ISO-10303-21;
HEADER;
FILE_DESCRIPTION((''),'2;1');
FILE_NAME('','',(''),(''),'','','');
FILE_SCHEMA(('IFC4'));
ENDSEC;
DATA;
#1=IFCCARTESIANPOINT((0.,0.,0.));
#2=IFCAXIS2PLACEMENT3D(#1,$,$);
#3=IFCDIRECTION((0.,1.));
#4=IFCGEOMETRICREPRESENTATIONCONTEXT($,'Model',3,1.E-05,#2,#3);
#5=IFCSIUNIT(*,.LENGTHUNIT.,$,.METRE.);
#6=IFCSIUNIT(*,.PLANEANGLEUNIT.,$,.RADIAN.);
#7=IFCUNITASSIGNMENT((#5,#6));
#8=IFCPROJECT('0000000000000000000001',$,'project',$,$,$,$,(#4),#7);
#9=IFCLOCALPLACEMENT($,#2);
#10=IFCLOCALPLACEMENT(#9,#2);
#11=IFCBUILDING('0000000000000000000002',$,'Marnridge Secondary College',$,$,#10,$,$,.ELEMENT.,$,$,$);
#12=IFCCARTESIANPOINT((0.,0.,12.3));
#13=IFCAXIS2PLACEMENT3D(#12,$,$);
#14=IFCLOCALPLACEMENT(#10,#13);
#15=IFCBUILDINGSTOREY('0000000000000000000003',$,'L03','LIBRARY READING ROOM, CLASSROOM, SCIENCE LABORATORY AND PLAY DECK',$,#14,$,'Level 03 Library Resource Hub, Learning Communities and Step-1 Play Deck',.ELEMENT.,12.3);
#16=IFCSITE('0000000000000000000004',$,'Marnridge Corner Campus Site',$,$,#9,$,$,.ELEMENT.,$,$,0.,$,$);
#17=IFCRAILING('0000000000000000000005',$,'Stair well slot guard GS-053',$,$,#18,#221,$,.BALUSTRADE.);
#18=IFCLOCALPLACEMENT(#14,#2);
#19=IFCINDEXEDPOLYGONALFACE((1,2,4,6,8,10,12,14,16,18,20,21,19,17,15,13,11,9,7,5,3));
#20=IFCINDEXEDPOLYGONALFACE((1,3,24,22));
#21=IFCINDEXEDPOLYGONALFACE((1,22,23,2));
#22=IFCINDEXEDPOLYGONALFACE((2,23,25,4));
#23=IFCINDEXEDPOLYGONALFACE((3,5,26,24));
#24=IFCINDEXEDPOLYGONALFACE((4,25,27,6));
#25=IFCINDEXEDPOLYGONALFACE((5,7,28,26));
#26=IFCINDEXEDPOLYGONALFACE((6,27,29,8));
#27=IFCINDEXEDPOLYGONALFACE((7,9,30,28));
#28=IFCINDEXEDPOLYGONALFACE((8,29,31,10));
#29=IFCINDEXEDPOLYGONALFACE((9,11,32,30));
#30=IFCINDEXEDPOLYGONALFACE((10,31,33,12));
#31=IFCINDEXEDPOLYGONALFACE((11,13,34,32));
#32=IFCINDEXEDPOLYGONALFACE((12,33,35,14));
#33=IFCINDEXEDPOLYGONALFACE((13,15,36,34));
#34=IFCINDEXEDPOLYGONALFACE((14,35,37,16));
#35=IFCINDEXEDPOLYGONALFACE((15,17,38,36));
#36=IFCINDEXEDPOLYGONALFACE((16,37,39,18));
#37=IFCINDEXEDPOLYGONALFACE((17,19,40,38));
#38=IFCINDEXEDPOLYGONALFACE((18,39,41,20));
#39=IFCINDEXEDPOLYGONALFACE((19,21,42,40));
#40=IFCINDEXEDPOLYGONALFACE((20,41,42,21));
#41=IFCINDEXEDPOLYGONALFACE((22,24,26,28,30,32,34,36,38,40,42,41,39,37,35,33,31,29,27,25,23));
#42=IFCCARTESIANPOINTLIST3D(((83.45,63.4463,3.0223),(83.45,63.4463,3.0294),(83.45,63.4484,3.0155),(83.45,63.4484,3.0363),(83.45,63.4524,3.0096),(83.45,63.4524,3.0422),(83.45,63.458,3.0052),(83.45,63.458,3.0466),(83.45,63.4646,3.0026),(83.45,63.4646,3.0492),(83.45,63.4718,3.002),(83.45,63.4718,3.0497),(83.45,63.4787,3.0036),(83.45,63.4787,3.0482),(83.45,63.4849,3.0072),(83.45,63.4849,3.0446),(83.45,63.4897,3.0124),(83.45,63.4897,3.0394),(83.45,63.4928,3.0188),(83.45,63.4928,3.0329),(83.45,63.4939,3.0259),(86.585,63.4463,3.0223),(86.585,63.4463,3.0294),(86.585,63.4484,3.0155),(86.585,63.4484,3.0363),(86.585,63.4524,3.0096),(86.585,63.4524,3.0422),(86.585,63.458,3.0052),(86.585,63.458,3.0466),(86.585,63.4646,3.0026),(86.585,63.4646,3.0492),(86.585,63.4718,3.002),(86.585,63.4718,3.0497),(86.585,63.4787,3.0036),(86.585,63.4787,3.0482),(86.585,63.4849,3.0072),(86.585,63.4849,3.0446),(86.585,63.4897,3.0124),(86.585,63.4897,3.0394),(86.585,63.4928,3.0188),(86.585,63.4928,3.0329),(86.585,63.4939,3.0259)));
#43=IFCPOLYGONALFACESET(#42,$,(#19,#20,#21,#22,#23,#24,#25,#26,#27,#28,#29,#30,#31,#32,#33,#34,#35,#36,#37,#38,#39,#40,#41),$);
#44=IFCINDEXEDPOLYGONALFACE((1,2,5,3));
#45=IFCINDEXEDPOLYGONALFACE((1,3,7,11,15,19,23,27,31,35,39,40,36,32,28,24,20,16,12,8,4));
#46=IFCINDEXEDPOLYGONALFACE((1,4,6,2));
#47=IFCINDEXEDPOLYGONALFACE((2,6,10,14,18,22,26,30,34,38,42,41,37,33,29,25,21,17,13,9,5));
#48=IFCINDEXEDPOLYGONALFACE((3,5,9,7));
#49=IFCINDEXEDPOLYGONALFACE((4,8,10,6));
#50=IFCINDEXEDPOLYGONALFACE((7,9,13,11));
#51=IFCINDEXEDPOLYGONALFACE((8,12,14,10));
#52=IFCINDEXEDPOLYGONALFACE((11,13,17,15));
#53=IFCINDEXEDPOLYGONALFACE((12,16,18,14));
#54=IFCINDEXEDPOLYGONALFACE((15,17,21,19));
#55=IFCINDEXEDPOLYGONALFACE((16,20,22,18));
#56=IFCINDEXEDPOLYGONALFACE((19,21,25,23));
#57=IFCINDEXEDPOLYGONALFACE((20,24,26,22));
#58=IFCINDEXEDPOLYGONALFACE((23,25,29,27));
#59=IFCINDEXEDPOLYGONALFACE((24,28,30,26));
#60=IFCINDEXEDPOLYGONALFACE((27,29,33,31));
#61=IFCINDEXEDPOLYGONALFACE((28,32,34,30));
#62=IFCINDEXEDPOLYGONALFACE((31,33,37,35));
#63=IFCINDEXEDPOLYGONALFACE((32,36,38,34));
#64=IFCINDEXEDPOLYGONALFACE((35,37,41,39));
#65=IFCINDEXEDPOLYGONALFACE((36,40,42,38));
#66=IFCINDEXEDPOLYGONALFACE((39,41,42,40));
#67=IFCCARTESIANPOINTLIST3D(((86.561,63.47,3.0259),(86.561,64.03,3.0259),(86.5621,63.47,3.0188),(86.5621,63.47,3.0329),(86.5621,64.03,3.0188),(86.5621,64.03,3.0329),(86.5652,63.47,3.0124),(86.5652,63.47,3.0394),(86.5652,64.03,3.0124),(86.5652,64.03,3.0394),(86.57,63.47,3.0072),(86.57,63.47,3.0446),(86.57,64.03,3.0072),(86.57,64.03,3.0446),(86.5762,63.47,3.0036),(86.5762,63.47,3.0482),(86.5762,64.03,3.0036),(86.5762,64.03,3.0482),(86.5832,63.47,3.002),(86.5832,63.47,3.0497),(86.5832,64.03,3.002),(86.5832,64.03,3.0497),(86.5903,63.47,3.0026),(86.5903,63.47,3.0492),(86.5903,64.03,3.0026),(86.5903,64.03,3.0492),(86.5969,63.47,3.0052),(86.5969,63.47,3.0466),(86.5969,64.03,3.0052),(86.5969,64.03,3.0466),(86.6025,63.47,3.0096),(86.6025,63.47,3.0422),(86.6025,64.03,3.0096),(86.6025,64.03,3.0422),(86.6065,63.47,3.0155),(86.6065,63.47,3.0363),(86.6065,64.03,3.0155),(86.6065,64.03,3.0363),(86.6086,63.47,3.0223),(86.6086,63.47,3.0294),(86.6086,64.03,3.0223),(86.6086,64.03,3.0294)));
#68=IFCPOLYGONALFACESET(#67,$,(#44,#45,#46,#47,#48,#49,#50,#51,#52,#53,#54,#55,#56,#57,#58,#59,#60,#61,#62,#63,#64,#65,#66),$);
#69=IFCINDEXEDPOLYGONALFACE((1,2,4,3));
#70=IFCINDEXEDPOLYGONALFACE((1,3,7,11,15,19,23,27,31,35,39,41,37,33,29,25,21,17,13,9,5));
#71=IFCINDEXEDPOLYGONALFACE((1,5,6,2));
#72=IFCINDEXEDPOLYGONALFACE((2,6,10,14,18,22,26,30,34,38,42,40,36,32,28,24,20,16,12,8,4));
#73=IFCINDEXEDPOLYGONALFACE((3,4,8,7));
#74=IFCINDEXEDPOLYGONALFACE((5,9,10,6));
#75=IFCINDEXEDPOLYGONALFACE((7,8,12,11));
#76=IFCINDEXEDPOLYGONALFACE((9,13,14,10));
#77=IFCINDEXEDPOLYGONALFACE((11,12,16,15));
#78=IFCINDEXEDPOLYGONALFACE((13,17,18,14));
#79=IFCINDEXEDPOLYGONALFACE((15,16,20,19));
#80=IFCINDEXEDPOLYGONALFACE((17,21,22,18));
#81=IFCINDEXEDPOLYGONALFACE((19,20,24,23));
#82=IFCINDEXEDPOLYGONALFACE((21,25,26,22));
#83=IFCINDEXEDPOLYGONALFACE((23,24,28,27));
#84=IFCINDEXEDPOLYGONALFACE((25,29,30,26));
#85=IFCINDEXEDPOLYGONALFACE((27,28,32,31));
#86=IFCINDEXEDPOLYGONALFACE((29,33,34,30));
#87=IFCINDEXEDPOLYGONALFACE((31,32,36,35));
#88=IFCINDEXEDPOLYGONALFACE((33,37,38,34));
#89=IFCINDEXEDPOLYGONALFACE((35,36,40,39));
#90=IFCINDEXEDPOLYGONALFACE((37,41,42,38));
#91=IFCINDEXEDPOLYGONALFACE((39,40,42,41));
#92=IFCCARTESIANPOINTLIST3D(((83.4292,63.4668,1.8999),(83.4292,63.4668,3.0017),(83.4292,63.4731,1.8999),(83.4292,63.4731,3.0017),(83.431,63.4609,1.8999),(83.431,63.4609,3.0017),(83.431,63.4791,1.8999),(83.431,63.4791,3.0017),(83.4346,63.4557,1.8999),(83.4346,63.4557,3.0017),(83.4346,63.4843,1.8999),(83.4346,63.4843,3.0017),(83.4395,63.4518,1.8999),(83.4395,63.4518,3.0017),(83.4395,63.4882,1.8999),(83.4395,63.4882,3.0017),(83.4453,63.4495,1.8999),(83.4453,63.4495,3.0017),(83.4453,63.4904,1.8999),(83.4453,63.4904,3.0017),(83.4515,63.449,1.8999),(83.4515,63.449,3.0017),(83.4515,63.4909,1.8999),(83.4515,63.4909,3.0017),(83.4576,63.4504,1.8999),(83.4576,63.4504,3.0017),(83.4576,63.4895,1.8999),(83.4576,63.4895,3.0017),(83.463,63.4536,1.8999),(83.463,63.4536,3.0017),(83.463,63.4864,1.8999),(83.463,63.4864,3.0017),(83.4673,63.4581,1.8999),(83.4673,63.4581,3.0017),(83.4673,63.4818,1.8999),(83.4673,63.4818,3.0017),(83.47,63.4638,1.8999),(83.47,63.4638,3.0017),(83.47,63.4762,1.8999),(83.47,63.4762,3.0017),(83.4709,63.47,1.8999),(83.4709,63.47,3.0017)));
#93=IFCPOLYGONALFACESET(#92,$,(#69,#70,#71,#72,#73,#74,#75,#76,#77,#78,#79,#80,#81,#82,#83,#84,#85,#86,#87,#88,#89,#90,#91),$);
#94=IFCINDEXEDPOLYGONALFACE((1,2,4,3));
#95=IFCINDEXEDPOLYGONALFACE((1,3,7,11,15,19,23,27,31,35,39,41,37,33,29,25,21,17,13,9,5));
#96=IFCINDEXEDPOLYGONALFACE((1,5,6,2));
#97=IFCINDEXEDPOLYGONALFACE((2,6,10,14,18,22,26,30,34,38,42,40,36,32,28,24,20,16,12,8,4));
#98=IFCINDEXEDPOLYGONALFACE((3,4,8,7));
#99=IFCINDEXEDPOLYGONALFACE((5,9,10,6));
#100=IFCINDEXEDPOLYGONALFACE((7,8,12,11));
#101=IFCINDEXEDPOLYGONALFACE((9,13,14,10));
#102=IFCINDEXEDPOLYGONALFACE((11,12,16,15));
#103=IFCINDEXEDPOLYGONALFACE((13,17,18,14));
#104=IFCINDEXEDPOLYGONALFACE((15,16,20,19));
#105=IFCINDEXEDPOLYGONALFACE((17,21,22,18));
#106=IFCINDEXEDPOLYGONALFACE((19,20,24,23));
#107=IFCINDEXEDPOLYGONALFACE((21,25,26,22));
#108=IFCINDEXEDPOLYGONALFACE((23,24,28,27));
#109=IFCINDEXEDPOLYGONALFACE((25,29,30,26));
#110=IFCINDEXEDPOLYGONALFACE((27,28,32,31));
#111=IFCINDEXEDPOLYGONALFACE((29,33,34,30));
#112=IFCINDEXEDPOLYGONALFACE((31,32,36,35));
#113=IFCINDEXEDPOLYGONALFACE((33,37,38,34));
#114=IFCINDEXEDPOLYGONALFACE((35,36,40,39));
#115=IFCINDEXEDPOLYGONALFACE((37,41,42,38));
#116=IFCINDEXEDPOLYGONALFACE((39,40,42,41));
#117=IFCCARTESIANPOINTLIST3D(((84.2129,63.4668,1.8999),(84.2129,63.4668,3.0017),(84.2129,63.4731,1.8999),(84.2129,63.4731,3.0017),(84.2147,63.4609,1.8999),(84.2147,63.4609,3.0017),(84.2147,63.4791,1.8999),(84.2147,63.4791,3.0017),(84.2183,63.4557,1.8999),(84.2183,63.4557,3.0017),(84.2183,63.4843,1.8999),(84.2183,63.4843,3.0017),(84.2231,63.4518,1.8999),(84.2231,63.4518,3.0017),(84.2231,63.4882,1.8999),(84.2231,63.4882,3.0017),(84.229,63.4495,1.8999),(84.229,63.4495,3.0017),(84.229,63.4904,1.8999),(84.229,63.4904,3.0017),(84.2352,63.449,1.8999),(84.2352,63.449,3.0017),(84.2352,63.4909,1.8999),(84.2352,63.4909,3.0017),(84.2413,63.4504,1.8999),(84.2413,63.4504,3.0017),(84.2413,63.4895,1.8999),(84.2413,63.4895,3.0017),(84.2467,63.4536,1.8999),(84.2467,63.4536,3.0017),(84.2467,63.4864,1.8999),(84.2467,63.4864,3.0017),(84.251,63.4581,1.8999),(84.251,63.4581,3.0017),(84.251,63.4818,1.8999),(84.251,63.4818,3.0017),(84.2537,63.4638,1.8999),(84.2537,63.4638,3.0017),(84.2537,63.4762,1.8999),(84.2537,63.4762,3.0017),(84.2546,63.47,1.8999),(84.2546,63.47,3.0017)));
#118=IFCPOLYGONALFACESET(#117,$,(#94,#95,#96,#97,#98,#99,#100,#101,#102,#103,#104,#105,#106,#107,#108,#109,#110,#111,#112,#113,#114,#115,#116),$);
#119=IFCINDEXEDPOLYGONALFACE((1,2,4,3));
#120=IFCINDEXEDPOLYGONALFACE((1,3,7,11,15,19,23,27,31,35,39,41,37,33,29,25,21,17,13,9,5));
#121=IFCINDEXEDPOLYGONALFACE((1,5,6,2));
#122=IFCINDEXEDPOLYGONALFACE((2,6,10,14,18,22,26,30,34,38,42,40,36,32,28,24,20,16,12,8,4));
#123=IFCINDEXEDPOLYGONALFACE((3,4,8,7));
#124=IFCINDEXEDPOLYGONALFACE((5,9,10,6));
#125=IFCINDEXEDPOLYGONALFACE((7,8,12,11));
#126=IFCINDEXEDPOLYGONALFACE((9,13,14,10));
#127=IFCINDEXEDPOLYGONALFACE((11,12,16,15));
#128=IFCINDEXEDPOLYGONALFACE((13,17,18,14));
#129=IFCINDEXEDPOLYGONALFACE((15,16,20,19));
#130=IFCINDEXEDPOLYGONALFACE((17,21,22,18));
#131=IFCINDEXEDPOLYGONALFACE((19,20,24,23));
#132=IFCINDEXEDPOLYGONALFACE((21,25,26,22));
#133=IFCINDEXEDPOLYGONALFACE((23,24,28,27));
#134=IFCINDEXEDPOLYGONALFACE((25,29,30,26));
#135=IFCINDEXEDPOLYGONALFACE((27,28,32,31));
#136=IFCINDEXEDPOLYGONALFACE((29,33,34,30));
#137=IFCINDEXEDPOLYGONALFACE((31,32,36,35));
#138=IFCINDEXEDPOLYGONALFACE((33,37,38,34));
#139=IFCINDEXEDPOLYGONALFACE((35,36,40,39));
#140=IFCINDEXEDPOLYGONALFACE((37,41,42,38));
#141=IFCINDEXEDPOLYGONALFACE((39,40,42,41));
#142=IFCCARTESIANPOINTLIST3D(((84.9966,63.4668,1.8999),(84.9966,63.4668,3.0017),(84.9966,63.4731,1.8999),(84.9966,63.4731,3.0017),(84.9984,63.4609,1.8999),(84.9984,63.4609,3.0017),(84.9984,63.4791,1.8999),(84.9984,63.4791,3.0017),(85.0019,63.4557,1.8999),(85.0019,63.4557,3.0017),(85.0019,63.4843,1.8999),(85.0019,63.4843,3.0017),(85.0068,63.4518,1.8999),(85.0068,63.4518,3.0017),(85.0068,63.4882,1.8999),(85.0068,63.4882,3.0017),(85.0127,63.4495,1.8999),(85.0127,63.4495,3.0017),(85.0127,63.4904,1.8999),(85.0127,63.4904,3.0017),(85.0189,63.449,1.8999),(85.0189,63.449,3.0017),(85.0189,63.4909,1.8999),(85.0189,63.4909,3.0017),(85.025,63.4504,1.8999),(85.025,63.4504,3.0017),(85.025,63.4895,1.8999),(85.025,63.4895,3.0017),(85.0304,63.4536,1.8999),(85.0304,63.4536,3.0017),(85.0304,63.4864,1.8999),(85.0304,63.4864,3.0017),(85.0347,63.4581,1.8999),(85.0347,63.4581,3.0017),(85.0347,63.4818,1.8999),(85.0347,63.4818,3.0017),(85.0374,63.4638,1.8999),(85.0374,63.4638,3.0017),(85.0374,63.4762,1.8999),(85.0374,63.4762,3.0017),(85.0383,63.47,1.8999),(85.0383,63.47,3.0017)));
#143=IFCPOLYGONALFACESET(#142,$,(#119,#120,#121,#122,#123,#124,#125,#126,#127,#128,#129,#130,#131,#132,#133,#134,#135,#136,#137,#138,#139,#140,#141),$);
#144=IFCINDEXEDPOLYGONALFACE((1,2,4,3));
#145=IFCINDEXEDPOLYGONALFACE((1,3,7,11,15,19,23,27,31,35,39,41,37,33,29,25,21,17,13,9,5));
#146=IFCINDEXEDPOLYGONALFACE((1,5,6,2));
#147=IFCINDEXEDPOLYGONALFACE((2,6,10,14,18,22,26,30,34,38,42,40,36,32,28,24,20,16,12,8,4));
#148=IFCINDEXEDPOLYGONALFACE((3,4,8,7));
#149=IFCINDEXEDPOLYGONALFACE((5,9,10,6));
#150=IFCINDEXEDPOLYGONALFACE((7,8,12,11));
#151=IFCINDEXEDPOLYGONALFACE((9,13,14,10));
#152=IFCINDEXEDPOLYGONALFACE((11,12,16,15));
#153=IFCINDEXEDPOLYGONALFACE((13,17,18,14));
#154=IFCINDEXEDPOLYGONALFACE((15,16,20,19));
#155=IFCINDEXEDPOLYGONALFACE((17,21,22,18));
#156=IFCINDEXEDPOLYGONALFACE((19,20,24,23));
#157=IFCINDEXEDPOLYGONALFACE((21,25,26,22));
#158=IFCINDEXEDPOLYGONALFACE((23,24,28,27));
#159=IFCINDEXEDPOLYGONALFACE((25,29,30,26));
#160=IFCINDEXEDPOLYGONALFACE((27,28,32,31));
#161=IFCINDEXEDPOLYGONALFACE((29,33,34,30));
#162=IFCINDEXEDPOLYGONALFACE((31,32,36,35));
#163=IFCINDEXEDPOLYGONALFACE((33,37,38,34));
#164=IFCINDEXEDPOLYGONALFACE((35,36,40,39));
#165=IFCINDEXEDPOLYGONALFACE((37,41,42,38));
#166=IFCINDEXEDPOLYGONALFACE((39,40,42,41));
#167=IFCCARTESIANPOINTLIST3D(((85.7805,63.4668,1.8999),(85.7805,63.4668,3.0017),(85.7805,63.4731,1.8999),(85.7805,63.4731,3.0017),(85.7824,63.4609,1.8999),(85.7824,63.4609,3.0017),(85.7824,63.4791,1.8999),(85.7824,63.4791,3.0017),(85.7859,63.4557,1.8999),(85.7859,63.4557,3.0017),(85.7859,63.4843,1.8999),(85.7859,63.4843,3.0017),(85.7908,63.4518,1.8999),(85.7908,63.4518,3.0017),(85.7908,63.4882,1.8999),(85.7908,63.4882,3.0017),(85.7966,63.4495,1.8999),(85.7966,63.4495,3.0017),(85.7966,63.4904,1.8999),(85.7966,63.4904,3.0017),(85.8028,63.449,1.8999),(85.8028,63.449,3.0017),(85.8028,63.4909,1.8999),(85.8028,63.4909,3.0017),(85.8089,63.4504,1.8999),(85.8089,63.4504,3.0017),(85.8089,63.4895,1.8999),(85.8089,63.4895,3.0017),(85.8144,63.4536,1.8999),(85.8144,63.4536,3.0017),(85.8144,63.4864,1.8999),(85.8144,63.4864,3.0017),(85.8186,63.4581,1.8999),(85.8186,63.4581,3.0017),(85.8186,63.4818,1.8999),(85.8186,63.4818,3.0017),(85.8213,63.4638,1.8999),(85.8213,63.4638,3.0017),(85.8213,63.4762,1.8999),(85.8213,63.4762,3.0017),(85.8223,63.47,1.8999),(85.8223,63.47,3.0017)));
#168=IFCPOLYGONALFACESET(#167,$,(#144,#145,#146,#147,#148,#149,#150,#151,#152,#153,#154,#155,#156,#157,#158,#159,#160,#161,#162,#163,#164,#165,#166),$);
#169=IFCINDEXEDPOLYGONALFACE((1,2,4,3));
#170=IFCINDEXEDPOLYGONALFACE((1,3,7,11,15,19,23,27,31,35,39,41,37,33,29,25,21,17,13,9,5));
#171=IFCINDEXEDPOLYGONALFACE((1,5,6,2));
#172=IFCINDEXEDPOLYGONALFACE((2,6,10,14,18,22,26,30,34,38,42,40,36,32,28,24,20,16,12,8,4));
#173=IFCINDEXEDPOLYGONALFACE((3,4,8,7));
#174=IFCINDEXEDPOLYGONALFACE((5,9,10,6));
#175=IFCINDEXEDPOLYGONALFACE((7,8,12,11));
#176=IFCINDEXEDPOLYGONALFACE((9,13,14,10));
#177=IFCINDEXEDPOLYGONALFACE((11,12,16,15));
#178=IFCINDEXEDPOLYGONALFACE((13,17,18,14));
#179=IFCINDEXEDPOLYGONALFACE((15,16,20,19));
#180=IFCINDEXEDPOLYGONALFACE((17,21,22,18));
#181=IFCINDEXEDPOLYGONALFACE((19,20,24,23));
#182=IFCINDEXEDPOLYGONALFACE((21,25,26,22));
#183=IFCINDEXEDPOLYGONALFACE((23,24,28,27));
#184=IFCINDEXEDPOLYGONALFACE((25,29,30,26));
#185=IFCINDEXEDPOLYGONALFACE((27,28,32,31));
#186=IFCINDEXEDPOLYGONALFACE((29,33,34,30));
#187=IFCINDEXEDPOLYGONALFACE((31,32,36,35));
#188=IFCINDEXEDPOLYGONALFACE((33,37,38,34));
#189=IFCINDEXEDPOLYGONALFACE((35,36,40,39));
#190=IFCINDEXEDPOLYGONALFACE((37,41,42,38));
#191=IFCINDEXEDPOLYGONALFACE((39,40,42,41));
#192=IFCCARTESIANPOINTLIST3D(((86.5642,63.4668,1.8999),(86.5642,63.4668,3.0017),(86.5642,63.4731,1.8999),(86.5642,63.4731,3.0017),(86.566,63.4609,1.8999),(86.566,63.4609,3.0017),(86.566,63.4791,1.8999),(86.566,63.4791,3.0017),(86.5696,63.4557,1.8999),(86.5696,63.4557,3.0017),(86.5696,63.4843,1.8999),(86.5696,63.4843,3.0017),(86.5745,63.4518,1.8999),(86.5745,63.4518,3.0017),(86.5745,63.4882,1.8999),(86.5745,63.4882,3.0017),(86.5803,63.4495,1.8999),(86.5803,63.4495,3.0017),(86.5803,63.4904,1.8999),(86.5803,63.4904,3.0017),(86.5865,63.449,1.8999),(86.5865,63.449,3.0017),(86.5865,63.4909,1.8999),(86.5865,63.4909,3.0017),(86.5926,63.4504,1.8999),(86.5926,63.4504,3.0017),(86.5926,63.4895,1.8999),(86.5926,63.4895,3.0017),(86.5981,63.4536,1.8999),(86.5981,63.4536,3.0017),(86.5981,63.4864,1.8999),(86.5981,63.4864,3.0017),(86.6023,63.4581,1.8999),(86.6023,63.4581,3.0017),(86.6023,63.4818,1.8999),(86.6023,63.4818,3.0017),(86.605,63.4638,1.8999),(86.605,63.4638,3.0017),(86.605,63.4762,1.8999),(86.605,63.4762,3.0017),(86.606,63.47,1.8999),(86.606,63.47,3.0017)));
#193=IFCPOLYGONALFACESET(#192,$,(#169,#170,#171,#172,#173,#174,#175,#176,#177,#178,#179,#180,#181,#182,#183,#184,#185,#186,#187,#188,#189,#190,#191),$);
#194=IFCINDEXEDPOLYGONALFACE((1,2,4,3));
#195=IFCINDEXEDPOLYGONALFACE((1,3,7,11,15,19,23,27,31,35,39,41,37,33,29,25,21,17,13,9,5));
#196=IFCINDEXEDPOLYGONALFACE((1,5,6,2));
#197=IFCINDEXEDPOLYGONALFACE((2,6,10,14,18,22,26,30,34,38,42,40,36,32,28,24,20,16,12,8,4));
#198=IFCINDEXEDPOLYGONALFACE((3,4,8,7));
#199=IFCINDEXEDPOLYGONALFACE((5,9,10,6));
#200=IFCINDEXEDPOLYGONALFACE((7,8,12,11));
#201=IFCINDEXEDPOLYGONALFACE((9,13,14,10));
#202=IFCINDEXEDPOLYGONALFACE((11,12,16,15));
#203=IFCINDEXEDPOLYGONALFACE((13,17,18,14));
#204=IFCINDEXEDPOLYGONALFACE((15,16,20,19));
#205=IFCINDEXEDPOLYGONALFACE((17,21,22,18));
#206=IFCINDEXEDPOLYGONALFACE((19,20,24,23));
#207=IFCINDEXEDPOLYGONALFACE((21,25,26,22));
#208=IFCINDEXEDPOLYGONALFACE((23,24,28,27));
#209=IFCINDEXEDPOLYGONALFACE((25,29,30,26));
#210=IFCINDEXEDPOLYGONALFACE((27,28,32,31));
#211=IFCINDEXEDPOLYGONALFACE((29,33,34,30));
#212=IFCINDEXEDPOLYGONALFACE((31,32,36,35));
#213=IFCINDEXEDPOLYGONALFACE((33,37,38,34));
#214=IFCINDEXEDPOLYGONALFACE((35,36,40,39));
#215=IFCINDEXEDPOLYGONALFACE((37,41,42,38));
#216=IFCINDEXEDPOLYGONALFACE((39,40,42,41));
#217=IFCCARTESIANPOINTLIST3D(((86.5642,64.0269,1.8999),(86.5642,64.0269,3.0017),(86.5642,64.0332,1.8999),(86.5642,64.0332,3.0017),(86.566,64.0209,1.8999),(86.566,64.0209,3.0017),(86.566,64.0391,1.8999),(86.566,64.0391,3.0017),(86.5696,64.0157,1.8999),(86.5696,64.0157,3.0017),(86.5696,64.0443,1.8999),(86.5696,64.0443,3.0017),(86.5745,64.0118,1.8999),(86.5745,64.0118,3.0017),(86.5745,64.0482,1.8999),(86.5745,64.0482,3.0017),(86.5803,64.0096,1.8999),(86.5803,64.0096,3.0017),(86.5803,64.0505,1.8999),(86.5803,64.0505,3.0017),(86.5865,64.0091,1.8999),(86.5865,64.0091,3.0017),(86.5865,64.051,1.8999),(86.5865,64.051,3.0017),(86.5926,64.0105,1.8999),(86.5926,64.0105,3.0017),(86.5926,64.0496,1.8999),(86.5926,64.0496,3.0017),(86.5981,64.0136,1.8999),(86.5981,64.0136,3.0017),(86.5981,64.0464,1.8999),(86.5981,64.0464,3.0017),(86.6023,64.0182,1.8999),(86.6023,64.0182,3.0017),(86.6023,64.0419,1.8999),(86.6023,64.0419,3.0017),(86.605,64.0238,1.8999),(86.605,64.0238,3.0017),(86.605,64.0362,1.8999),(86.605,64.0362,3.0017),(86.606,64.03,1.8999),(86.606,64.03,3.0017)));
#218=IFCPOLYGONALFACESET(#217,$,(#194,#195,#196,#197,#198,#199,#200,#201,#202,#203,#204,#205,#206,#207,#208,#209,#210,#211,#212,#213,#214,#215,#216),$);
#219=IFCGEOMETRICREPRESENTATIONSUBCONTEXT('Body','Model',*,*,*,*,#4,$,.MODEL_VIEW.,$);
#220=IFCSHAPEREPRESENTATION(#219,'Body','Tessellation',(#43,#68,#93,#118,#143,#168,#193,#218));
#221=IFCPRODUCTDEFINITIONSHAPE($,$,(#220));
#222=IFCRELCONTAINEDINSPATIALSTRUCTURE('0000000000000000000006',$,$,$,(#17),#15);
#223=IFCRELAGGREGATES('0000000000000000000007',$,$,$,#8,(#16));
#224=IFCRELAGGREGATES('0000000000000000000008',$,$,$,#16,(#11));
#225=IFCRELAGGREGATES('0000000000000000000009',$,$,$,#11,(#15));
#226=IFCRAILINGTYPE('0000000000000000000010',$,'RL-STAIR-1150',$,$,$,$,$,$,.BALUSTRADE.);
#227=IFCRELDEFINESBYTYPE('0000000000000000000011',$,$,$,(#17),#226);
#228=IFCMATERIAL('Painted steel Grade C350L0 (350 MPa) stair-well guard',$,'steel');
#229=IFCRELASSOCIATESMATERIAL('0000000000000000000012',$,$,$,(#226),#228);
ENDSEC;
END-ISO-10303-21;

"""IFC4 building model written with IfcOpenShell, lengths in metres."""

from ifc_helpers import new_model, si_unit, direction, frame, origin, origin_2d, place, context, subcontext, project, spatial, circle, extrude, material, type_object, element, save


model = new_model("IFC4")

# Units and contexts
model_context = context("Model", 3, precision=1e-05, world=origin(), true_north=direction((0.0, 1.0)))
body_context = subcontext(model_context, "Body", "Model", "MODEL_VIEW")
ifc_project = project(units=[si_unit("LENGTHUNIT", "METRE"), si_unit("PLANEANGLEUNIT", "RADIAN")], contexts=[model_context])

# Site, building, storey
site_placement = place(None, origin())
site = spatial("IfcSite", under=ifc_project, at=site_placement, Name="Marnridge Corner Campus Site", CompositionType="ELEMENT", RefElevation=0.0)
building_placement = place(site_placement, origin())
building = spatial("IfcBuilding", under=site, at=building_placement, Name="Marnridge Secondary College", CompositionType="ELEMENT")
storey_placement = place(building_placement, frame((0.0, 0.0, 12.3)))
storey = spatial("IfcBuildingStorey", under=building, at=storey_placement, Name="L03", Description="LIBRARY READING ROOM, CLASSROOM, SCIENCE LABORATORY AND PLAY DECK", LongName="Level 03 Library Resource Hub, Learning Communities and Step-1 Play Deck", CompositionType="ELEMENT", Elevation=12.3)

# Railing
ifc_material_1 = material(Name="Painted steel Grade C350L0 (350 MPa) stair-well guard", Category="steel")
railing_type_1 = type_object("IfcRailingType", Name="RL-STAIR-1150", PredefinedType="BALUSTRADE", material=ifc_material_1)
railing_1_placement = place(storey_placement, frame((83.45, 63.47, 1.8999)))
element("IfcRailing", 1, at=railing_1_placement, inside=storey, type_object=railing_type_1, Name="Stair well slot guard GS-053", PredefinedType="BALUSTRADE", context=body_context, shape_type="SweptSolid", body=[
    extrude(circle(Radius=0.0239, at=origin_2d()), frame((0.0, 0.0, 1.126), z_axis=(1.0, 0.0, 0.0), x_axis=(0.0, 1.0, 0.0)), (0.0, 0.0, 1.0), 3.135),
    extrude(circle(Radius=0.0239, at=origin_2d()), frame((3.135, 0.0, 1.126), z_axis=(0.0, 1.0, 0.0), x_axis=(-1.0, 0.0, 0.0)), (0.0, 0.0, 1.0), 0.5601),
    extrude(circle(Radius=0.021, at=origin_2d()), origin(), (0.0, 0.0, 1.0), 1.1018),
    extrude(circle(Radius=0.021, at=origin_2d()), frame((0.7837, 0.0, 0.0)), (0.0, 0.0, 1.0), 1.1018),
    extrude(circle(Radius=0.021, at=origin_2d()), frame((1.5674, 0.0, 0.0)), (0.0, 0.0, 1.0), 1.1018),
    extrude(circle(Radius=0.021, at=origin_2d()), frame((2.3513, 0.0, 0.0)), (0.0, 0.0, 1.0), 1.1018),
    extrude(circle(Radius=0.021, at=origin_2d()), frame((3.135, 0.0, 0.0)), (0.0, 0.0, 1.0), 1.1018),
    extrude(circle(Radius=0.021, at=origin_2d()), frame((3.135, 0.5601, 0.0)), (0.0, 0.0, 1.0), 1.1018),
])

save(model, "model.ifc")
